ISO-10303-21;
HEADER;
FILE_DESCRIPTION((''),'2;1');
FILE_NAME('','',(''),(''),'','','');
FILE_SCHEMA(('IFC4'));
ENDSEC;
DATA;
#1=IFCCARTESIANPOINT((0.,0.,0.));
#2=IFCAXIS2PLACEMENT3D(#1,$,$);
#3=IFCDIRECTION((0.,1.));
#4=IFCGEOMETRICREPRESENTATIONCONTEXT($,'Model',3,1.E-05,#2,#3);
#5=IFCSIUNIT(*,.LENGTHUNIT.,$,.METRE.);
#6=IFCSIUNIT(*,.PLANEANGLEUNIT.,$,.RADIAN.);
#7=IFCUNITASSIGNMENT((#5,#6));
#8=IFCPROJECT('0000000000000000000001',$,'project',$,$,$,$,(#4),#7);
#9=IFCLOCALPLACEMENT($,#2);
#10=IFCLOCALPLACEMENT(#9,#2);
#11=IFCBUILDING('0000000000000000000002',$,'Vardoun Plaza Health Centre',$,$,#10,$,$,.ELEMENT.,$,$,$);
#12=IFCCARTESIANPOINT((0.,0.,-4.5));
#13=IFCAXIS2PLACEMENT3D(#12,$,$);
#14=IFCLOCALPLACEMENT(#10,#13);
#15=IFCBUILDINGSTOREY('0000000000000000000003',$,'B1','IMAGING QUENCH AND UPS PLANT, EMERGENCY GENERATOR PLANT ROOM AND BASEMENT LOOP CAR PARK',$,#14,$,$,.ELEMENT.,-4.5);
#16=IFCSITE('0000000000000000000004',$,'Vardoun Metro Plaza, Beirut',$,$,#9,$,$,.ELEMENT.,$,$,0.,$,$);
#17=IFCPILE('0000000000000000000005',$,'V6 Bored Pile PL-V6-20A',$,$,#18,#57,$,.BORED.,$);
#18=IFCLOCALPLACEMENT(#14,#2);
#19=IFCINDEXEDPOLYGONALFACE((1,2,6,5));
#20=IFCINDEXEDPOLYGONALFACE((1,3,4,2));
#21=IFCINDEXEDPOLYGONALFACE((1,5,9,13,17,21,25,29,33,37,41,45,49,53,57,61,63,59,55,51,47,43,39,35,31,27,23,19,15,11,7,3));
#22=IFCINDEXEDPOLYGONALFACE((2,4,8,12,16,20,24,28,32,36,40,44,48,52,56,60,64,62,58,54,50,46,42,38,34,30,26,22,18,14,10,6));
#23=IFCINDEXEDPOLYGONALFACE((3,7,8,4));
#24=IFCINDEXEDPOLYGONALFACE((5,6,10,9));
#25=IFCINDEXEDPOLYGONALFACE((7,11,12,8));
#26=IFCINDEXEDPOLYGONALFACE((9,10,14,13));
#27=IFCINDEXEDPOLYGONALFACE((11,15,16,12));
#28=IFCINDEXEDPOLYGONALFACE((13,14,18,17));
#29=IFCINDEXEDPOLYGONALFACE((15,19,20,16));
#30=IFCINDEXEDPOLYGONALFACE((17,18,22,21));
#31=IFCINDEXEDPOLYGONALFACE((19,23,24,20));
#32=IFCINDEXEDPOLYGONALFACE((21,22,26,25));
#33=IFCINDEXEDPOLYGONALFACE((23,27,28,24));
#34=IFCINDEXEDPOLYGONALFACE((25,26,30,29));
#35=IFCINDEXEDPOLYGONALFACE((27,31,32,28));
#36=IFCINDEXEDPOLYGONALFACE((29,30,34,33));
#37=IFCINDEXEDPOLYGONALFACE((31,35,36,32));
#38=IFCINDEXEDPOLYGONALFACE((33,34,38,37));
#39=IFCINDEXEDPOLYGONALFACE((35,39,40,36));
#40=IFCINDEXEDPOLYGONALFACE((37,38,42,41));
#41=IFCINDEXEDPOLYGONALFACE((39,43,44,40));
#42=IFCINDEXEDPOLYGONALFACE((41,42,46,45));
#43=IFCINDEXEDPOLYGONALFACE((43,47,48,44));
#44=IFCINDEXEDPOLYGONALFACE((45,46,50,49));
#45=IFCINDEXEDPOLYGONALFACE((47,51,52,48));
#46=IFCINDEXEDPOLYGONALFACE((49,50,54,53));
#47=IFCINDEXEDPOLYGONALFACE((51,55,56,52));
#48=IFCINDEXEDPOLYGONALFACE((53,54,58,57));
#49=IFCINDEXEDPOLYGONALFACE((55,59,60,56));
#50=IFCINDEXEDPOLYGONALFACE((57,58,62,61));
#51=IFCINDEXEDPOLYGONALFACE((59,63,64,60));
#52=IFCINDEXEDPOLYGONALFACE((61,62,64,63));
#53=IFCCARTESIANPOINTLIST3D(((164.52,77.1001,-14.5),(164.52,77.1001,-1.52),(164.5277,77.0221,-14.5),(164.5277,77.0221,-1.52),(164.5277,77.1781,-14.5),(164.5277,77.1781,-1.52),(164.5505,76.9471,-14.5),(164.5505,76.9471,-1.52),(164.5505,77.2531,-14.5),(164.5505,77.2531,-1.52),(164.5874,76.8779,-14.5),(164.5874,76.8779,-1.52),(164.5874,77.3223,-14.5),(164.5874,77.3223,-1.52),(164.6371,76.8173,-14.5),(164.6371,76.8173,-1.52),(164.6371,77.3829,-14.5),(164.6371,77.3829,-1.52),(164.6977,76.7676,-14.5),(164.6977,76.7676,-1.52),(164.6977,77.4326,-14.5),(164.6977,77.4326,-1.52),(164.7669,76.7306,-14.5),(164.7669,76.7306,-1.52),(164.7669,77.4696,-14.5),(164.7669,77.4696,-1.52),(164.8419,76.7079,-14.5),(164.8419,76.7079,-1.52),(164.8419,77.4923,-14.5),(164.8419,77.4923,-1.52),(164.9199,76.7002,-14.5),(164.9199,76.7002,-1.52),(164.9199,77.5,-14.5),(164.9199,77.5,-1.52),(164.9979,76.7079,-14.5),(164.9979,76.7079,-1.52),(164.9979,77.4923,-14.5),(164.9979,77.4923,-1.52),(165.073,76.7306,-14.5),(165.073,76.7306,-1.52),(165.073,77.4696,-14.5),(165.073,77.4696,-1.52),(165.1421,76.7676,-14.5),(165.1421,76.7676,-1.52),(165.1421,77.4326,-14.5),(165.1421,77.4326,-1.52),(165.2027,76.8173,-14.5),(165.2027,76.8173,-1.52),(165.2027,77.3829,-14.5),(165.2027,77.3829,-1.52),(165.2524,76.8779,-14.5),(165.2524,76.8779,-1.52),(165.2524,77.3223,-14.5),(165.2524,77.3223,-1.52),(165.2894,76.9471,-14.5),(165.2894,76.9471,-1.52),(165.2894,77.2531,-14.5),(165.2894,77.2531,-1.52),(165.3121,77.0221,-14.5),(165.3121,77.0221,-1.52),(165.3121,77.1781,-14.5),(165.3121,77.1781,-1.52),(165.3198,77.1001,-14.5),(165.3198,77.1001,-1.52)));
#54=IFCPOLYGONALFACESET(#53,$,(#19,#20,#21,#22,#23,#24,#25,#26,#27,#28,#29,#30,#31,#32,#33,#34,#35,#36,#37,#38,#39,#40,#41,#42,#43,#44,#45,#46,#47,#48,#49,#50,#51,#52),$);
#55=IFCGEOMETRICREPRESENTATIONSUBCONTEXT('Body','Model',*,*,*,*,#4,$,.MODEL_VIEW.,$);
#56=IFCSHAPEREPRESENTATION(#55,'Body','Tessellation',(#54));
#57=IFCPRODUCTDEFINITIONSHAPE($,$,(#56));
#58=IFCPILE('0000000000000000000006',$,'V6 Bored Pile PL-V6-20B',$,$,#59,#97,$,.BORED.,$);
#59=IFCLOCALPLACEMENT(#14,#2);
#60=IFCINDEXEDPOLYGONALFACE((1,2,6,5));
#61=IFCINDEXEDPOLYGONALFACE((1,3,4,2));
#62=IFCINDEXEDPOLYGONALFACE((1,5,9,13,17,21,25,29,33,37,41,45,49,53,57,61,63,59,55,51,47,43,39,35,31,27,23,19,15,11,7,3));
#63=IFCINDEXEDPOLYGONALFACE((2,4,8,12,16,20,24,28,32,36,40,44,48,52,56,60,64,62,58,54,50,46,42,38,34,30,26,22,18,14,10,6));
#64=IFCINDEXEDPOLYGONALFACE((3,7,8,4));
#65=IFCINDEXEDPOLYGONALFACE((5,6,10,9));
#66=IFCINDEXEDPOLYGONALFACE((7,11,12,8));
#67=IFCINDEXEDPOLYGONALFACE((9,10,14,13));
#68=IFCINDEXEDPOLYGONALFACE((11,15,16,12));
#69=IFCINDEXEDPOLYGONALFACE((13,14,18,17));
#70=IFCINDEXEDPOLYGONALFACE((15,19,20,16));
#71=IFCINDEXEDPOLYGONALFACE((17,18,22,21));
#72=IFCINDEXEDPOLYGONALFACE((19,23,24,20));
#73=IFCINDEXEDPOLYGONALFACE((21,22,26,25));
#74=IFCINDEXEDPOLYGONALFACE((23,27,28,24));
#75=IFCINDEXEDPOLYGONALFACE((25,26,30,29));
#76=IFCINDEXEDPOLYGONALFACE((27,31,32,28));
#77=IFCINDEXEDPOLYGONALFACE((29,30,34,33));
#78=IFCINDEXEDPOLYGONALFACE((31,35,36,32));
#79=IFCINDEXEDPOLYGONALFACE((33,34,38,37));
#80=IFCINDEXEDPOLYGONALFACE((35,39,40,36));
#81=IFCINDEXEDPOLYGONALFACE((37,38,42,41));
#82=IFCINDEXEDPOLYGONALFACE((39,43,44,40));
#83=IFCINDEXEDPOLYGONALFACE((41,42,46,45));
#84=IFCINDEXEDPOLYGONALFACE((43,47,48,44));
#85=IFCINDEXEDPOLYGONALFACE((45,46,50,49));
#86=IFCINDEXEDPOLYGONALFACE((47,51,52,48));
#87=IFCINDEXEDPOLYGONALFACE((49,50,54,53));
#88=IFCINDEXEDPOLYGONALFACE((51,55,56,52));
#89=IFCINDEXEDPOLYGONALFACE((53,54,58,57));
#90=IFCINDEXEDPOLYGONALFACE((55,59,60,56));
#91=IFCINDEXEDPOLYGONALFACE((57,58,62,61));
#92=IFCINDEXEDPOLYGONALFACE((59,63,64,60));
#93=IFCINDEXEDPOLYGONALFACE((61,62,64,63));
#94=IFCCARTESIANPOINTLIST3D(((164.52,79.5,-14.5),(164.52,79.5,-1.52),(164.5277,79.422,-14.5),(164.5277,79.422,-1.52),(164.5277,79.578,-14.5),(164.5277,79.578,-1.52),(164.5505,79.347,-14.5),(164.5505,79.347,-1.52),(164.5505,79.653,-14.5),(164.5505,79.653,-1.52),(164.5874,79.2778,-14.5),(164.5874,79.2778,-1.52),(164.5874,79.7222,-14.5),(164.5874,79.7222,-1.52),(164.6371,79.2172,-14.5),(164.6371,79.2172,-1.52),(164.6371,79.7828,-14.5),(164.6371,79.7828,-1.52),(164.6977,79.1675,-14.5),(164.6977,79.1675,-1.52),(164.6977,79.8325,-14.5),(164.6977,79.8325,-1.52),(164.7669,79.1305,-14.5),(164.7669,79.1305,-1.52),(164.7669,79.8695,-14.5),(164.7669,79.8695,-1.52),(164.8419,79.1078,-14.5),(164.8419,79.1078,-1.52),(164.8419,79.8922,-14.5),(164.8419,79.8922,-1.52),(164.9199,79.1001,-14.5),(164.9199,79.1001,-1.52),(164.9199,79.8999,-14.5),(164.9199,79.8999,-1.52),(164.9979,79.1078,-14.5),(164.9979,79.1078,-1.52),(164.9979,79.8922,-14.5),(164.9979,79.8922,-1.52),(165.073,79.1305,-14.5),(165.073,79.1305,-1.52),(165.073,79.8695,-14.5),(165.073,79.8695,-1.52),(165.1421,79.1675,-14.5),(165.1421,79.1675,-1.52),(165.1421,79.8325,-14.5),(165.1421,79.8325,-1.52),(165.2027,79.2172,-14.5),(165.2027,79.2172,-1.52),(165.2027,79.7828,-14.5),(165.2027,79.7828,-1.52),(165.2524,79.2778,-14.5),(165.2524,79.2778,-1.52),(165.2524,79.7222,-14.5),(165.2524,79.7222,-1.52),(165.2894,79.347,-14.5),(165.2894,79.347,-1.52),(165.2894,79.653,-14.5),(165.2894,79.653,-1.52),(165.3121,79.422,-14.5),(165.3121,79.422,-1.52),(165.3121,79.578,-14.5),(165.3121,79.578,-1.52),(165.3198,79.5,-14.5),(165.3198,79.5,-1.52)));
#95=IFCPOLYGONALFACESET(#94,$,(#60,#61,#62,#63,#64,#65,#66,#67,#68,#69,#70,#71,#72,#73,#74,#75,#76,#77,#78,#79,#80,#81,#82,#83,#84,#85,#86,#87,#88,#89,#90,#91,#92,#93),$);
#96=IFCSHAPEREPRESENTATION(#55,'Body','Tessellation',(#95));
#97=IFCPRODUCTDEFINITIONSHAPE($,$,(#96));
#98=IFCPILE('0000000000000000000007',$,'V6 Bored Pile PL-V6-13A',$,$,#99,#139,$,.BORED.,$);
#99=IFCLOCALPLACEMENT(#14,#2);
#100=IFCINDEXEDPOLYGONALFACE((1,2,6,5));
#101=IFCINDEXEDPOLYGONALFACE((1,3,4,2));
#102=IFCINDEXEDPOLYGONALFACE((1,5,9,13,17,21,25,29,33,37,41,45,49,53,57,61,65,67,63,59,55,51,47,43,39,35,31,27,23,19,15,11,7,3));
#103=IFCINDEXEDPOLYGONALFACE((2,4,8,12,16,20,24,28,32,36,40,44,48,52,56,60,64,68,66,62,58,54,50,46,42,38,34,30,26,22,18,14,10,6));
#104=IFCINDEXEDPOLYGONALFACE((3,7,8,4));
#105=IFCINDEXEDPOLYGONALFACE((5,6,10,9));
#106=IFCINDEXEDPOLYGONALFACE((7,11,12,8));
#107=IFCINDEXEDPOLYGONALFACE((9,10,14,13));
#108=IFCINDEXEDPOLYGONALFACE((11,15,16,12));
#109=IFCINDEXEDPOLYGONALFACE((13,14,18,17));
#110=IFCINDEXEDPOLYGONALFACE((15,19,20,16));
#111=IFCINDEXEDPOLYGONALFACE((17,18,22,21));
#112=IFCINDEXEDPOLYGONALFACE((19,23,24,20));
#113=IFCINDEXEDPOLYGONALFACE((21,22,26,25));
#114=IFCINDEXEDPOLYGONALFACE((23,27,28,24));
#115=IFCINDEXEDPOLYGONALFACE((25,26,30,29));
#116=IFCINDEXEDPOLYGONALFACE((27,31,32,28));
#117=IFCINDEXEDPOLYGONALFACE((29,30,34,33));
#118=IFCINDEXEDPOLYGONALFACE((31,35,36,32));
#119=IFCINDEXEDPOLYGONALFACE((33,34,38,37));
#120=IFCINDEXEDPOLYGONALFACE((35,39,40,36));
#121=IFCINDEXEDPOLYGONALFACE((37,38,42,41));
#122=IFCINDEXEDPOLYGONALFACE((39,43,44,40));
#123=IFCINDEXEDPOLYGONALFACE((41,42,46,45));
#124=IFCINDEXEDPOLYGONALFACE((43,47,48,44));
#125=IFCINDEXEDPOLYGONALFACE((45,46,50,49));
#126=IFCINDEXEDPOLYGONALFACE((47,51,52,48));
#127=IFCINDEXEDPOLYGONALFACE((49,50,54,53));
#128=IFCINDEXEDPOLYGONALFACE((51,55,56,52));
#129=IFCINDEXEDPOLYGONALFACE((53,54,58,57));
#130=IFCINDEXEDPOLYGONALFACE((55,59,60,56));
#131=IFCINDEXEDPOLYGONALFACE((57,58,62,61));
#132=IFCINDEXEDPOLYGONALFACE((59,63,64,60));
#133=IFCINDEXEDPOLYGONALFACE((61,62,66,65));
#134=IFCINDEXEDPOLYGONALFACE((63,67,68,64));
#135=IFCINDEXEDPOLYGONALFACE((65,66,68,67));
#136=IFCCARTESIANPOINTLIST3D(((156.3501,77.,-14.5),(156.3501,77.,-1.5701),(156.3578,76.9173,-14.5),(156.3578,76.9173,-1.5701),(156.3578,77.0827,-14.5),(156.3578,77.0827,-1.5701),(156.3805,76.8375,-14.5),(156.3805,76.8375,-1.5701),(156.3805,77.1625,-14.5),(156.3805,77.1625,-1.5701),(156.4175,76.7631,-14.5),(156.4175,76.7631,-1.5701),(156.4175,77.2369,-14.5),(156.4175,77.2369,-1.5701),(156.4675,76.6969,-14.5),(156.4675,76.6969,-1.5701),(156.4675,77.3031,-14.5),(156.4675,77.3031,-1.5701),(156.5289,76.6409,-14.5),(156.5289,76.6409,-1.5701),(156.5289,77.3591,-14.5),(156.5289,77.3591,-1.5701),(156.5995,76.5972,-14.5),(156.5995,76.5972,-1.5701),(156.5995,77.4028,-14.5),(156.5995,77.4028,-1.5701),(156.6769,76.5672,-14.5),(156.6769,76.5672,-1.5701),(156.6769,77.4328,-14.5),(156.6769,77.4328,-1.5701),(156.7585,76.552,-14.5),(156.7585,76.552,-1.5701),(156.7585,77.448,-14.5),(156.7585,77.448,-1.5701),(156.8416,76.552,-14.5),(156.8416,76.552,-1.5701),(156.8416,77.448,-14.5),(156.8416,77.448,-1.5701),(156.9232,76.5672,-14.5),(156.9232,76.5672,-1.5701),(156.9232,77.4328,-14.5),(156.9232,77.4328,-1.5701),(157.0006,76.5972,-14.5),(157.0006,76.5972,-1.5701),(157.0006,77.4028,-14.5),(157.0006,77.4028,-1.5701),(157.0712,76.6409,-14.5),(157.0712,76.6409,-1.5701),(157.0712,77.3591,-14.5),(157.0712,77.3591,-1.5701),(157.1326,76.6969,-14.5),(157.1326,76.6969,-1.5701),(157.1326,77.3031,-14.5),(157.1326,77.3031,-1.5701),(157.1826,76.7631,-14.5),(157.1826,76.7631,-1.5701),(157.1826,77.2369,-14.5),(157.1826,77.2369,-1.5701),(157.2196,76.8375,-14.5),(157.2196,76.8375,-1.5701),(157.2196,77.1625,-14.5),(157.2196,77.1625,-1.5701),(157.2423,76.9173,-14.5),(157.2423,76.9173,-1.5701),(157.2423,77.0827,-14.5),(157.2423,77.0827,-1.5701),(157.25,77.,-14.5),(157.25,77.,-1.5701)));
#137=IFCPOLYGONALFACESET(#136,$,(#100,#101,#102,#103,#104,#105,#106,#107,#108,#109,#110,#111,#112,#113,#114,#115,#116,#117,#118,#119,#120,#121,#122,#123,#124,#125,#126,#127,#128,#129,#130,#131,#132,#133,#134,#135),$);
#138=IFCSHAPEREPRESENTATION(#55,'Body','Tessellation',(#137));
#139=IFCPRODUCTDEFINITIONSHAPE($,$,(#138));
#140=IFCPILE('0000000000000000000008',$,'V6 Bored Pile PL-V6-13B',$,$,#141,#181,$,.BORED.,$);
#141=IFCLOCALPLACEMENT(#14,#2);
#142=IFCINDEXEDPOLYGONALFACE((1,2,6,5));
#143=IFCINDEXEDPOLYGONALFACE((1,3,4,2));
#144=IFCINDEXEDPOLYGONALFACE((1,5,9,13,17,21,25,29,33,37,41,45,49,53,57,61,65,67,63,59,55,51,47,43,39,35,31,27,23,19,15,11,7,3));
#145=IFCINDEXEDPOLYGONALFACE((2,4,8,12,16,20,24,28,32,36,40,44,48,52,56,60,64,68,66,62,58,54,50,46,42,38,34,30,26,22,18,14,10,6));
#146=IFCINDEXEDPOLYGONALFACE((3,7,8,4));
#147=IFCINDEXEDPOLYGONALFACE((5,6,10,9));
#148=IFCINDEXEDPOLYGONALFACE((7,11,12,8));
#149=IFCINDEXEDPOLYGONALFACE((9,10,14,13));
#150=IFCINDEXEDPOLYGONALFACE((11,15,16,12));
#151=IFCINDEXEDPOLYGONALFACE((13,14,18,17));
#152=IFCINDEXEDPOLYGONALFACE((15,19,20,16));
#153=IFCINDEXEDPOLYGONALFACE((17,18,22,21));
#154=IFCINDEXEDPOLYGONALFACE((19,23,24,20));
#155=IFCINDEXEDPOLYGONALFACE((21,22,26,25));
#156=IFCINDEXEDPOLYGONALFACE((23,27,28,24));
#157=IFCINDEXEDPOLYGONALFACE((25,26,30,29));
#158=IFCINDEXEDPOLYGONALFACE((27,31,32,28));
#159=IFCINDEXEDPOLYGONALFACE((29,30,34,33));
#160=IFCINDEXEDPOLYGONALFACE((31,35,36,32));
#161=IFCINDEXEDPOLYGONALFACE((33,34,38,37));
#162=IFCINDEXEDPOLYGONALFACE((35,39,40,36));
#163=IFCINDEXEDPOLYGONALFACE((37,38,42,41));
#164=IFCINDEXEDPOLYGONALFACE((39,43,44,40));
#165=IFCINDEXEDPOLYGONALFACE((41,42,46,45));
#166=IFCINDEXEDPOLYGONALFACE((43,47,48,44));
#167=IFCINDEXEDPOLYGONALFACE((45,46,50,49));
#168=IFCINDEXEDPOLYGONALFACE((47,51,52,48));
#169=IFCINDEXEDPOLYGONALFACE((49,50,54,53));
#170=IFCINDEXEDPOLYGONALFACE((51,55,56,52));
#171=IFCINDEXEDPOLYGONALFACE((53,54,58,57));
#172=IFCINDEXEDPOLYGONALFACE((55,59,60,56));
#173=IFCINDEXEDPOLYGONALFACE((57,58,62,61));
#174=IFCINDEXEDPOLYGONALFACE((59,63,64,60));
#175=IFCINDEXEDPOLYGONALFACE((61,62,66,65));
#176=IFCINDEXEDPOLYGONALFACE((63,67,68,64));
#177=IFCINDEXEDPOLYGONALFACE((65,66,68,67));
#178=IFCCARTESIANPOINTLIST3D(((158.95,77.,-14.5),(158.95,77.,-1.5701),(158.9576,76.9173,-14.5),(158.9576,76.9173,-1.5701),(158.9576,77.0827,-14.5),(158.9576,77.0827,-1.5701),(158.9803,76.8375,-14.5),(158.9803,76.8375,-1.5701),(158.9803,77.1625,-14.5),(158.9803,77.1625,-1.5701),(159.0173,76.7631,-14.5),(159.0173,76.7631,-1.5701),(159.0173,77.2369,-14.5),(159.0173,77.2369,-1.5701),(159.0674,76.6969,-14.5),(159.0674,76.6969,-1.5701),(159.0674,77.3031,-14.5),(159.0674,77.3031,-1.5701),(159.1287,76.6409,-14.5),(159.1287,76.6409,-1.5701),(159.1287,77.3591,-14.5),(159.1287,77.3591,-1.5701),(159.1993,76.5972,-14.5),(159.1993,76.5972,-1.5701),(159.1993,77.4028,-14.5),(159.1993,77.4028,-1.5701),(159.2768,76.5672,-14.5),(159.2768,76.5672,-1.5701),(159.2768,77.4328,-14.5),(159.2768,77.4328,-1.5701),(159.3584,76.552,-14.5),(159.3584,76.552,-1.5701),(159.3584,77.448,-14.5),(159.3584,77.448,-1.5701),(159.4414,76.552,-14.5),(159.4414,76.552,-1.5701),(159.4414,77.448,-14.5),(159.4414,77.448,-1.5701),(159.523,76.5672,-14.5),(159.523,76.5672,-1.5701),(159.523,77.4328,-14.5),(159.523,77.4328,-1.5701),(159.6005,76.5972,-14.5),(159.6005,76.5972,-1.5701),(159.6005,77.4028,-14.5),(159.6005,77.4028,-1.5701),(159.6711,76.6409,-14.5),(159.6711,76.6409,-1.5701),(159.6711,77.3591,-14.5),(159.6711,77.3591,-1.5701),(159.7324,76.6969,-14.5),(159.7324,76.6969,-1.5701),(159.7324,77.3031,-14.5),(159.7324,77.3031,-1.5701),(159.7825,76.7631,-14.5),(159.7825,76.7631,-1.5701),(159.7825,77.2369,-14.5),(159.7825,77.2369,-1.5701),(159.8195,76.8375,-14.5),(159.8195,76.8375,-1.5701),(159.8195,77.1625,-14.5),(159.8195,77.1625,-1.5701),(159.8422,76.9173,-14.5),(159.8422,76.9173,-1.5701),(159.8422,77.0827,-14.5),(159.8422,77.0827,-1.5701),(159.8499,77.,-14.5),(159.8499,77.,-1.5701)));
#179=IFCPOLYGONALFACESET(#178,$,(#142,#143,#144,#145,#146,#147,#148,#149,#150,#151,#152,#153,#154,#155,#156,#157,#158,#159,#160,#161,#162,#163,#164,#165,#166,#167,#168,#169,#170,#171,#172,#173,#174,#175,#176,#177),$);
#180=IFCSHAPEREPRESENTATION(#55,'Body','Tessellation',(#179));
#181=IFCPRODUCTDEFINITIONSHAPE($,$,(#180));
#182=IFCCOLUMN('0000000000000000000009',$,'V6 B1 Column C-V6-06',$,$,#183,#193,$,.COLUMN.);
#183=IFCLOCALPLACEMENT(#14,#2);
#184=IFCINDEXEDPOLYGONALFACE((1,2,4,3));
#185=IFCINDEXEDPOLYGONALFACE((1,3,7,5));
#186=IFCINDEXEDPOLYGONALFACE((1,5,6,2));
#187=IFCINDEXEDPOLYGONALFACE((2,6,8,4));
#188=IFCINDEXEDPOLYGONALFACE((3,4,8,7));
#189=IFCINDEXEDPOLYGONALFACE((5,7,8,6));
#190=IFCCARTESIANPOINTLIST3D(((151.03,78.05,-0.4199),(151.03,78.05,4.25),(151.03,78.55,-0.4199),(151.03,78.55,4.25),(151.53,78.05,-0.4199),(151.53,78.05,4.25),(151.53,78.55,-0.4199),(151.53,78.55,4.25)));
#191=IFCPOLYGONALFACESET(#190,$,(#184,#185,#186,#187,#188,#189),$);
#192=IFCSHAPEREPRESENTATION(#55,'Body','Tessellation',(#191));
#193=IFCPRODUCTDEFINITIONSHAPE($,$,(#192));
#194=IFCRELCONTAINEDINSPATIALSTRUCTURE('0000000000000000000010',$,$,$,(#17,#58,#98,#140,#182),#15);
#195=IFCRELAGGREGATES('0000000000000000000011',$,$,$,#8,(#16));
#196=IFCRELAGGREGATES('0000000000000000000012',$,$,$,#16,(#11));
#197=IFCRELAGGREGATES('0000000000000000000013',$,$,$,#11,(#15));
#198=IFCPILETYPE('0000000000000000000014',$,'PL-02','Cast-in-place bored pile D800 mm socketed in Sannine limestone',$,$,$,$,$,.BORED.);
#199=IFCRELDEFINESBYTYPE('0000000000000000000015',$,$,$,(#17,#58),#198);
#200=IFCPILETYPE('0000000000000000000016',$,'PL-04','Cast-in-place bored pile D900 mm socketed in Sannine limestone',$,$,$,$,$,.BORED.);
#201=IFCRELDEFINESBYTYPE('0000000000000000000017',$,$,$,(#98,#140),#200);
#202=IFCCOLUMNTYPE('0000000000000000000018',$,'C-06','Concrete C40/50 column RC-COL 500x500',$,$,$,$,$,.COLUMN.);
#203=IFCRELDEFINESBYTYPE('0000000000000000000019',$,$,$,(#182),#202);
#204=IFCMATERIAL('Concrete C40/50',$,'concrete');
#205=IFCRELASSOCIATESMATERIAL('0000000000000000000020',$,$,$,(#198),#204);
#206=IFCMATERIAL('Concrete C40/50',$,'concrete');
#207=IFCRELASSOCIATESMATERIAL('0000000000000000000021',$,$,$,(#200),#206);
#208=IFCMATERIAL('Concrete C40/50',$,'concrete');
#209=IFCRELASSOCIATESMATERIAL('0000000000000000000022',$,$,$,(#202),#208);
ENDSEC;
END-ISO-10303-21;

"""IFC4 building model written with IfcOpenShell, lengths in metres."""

from ifc_helpers import new_model, si_unit, direction, frame, origin, origin_2d, place, context, subcontext, project, spatial, rectangle, circle, extrude, material, material_profile, profile_set, type_object, element, save


model = new_model("IFC4")

# Units and contexts
model_context = context("Model", 3, precision=1e-05, world=origin(), true_north=direction((0.0, 1.0)))
body_context = subcontext(model_context, "Body", "Model", "MODEL_VIEW")
ifc_project = project(units=[si_unit("LENGTHUNIT", "METRE"), si_unit("PLANEANGLEUNIT", "RADIAN")], contexts=[model_context])

# Site, building, storey
site_placement = place(None, origin())
site = spatial("IfcSite", under=ifc_project, at=site_placement, Name="Vardoun Metro Plaza, Beirut", CompositionType="ELEMENT", RefElevation=0.0)
building_placement = place(site_placement, origin())
building = spatial("IfcBuilding", under=site, at=building_placement, Name="Vardoun Plaza Health Centre", CompositionType="ELEMENT")
storey_placement = place(building_placement, frame((0.0, 0.0, -4.5)))
storey = spatial("IfcBuildingStorey", under=building, at=storey_placement, Name="B1", Description="IMAGING QUENCH AND UPS PLANT, EMERGENCY GENERATOR PLANT ROOM AND BASEMENT LOOP CAR PARK", CompositionType="ELEMENT", Elevation=-4.5)

# Piles
ifc_material_1 = material(Name="Concrete C40/50", Category="concrete")
ifc_material_profile_1 = material_profile(ifc_material_1, circle(Radius=0.3999, at=origin_2d()), Name="PILE D800")
ifc_profile_set_1 = profile_set([ifc_material_profile_1], Name="Concrete C40/50")
pile_type_1 = type_object("IfcPileType", Name="PL-02", Description="Cast-in-place bored pile D800 mm socketed in Sannine limestone", PredefinedType="BORED", material=ifc_profile_set_1)
for number, where, z_axis, x_axis, name in (
    (1, (164.9199, 77.1001, -1.52), (0.0, 0.0, -1.0), (1.0, 0.0, 0.0), "V6 Bored Pile PL-V6-20A"),
    (2, (164.9199, 79.5, -1.52), (0.0, 0.0, -1.0), (1.0, 0.0, 0.0), "V6 Bored Pile PL-V6-20B"),
):
    element("IfcPile", number, at=place(storey_placement, frame(where, z_axis=z_axis, x_axis=x_axis)), inside=storey, type_object=pile_type_1, Name=name, PredefinedType="BORED", context=body_context, shape_type="SweptSolid", body=[
        extrude(circle(Radius=0.3999, at=origin_2d()), origin(), (0.0, 0.0, 1.0), 12.98),
    ])
ifc_material_2 = material(Name="Concrete C40/50", Category="concrete")
ifc_material_profile_2 = material_profile(ifc_material_2, circle(Radius=0.45, at=origin_2d()), Name="PILE D900")
ifc_profile_set_2 = profile_set([ifc_material_profile_2], Name="Concrete C40/50")
pile_type_2 = type_object("IfcPileType", Name="PL-04", Description="Cast-in-place bored pile D900 mm socketed in Sannine limestone", PredefinedType="BORED", material=ifc_profile_set_2)
for number, where, z_axis, x_axis, name in (
    (3, (156.8, 77.0, -1.5701), (0.0, 0.0, -1.0), (1.0, 0.0, 0.0), "V6 Bored Pile PL-V6-13A"),
    (4, (159.3999, 77.0, -1.5701), (0.0, 0.0, -1.0), (1.0, 0.0, 0.0), "V6 Bored Pile PL-V6-13B"),
):
    element("IfcPile", number, at=place(storey_placement, frame(where, z_axis=z_axis, x_axis=x_axis)), inside=storey, type_object=pile_type_2, Name=name, PredefinedType="BORED", context=body_context, shape_type="SweptSolid", body=[
        extrude(circle(Radius=0.45, at=origin_2d()), origin(), (0.0, 0.0, 1.0), 12.9299),
    ])

# Column
ifc_material_3 = material(Name="Concrete C40/50", Category="concrete")
ifc_material_profile_3 = material_profile(ifc_material_3, rectangle(XDim=0.5, YDim=0.5, at=origin_2d()), Name="RC-COL 500x500")
ifc_profile_set_3 = profile_set([ifc_material_profile_3], Name="Concrete C40/50")
column_type_1 = type_object("IfcColumnType", Name="C-06", Description="Concrete C40/50 column RC-COL 500x500", PredefinedType="COLUMN", material=ifc_profile_set_3)
column_1_placement = place(storey_placement, frame((151.28, 78.3, -0.4199), z_axis=(0.0, 0.0, 1.0), x_axis=(1.0, 0.0, 0.0)))
element("IfcColumn", 5, at=column_1_placement, inside=storey, type_object=column_type_1, Name="V6 B1 Column C-V6-06", PredefinedType="COLUMN", context=body_context, shape_type="SweptSolid", body=[
    extrude(rectangle(XDim=0.5, YDim=0.5, at=origin_2d()), origin(), (0.0, 0.0, 1.0), 4.6699),
])

save(model, "model.ifc")
